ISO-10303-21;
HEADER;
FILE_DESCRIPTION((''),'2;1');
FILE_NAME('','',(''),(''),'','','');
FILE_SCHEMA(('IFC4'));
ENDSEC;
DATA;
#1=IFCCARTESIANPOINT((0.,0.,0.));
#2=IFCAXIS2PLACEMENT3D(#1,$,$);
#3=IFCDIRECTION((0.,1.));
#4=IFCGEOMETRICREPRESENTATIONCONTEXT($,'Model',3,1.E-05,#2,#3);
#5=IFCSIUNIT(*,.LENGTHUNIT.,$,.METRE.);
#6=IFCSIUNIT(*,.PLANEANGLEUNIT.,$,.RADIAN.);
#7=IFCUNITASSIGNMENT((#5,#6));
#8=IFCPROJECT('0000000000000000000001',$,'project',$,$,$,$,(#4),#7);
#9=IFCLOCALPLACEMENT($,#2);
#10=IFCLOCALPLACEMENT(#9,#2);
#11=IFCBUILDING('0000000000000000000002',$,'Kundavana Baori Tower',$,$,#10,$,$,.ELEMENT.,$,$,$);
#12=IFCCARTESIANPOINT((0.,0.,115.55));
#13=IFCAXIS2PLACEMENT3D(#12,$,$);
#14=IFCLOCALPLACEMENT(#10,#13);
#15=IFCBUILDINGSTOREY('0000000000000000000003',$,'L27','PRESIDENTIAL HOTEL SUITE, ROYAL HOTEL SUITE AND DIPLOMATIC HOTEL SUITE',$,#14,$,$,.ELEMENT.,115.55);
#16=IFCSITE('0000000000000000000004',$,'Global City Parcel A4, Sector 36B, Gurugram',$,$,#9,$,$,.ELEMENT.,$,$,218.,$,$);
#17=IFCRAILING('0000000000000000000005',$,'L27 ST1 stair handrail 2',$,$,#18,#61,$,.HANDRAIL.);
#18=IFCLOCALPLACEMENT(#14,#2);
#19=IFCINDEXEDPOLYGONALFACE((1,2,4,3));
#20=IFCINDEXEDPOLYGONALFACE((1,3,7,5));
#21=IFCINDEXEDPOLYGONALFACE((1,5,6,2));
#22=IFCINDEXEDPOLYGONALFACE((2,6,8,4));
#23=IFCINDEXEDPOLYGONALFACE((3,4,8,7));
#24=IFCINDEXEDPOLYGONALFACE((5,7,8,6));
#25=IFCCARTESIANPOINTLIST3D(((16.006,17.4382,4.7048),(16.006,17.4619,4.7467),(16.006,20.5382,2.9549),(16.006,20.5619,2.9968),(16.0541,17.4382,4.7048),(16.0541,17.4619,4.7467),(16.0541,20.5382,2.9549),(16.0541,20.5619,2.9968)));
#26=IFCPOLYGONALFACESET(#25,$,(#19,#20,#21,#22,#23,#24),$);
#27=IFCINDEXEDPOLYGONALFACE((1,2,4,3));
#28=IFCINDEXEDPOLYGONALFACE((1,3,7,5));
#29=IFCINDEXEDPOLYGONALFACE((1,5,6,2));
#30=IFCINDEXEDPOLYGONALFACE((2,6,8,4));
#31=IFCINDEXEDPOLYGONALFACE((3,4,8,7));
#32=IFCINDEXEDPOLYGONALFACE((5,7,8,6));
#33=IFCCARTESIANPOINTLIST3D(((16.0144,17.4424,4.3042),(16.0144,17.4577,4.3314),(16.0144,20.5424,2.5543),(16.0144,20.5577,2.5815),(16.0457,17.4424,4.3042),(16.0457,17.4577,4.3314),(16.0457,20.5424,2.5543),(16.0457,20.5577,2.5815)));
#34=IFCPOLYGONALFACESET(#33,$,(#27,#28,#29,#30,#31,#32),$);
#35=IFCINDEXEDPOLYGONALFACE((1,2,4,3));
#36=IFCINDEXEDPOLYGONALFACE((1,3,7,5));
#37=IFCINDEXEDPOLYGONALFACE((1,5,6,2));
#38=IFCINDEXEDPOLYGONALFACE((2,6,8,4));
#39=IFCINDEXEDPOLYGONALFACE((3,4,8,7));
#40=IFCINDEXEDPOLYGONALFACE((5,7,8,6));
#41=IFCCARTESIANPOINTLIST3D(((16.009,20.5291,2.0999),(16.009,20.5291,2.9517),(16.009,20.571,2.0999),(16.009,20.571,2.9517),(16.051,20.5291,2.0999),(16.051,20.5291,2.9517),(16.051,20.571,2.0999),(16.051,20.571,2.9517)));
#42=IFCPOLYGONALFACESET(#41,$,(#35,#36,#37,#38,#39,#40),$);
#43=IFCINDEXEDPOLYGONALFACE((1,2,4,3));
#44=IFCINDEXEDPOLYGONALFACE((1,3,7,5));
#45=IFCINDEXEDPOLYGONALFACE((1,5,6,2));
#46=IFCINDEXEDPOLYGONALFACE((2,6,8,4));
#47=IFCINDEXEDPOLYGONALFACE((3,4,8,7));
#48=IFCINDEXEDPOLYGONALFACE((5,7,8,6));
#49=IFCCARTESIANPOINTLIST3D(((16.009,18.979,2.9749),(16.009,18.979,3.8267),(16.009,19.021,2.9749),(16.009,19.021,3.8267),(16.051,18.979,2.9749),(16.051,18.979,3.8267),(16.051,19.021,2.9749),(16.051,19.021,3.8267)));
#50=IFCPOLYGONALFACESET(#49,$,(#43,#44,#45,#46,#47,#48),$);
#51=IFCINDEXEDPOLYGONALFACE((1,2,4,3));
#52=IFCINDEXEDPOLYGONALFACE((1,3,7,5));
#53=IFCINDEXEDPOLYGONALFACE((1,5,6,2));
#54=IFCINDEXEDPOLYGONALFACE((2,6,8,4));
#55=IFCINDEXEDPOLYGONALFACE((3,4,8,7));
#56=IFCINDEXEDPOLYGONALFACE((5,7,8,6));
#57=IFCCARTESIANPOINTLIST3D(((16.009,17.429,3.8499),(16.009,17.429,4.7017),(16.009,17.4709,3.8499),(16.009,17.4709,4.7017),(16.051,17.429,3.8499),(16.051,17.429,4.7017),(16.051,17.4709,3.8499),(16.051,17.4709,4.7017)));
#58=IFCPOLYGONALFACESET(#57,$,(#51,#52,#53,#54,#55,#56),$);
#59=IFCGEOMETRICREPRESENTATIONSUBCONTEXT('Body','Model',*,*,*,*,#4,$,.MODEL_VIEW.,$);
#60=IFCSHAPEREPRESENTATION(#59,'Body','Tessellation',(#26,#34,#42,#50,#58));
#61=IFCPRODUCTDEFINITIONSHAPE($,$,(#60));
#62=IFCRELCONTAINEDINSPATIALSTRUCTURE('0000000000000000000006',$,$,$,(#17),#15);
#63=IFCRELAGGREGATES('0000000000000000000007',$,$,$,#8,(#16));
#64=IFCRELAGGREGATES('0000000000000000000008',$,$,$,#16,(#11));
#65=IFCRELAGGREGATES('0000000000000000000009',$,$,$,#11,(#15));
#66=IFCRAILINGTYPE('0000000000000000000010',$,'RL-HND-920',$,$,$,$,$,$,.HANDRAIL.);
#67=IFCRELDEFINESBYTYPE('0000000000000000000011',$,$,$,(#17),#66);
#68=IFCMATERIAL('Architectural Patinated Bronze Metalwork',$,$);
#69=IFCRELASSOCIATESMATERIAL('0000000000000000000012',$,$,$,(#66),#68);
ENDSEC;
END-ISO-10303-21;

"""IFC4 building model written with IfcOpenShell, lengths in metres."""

from ifc_helpers import new_model, si_unit, direction, frame, origin, origin_2d, place, context, subcontext, project, spatial, rectangle, extrude, material, type_object, element, save


model = new_model("IFC4")

# Units and contexts
model_context = context("Model", 3, precision=1e-05, world=origin(), true_north=direction((0.0, 1.0)))
body_context = subcontext(model_context, "Body", "Model", "MODEL_VIEW")
ifc_project = project(units=[si_unit("LENGTHUNIT", "METRE"), si_unit("PLANEANGLEUNIT", "RADIAN")], contexts=[model_context])

# Site, building, storey
site_placement = place(None, origin())
site = spatial("IfcSite", under=ifc_project, at=site_placement, Name="Global City Parcel A4, Sector 36B, Gurugram", CompositionType="ELEMENT", RefElevation=218.0)
building_placement = place(site_placement, origin())
building = spatial("IfcBuilding", under=site, at=building_placement, Name="Kundavana Baori Tower", CompositionType="ELEMENT")
storey_placement = place(building_placement, frame((0.0, 0.0, 115.55)))
storey = spatial("IfcBuildingStorey", under=building, at=storey_placement, Name="L27", Description="PRESIDENTIAL HOTEL SUITE, ROYAL HOTEL SUITE AND DIPLOMATIC HOTEL SUITE", CompositionType="ELEMENT", Elevation=115.55)

# Railing
ifc_material_1 = material(Name="Architectural Patinated Bronze Metalwork")
railing_type_1 = type_object("IfcRailingType", Name="RL-HND-920", PredefinedType="HANDRAIL", material=ifc_material_1)
railing_1_placement = place(storey_placement, frame((16.03, 20.55, 2.0999)))
element("IfcRailing", 1, at=railing_1_placement, inside=storey, type_object=railing_type_1, Name="L27 ST1 stair handrail 2", PredefinedType="HANDRAIL", context=body_context, shape_type="SweptSolid", body=[
    extrude(rectangle(XDim=0.0481, YDim=0.0481, at=origin_2d()), frame((0.0, 0.0, 0.876), z_axis=(0.0, -0.870831, 0.491583), x_axis=(1.0, 0.0, 0.0)), (0.0, 0.0, 1.0), 3.5598),
    extrude(rectangle(XDim=0.0312, YDim=0.0312, at=origin_2d()), frame((0.0, 0.0, 0.468), z_axis=(0.0, -0.870831, 0.491583), x_axis=(1.0, 0.0, 0.0)), (0.0, 0.0, 1.0), 3.5598),
    extrude(rectangle(XDim=0.042, YDim=0.042, at=origin_2d()), origin(), (0.0, 0.0, 1.0), 0.8518),
    extrude(rectangle(XDim=0.042, YDim=0.042, at=origin_2d()), frame((0.0, -1.55, 0.875)), (0.0, 0.0, 1.0), 0.8518),
    extrude(rectangle(XDim=0.042, YDim=0.042, at=origin_2d()), frame((0.0, -3.1001, 1.75)), (0.0, 0.0, 1.0), 0.8518),
])

save(model, "model.ifc")
